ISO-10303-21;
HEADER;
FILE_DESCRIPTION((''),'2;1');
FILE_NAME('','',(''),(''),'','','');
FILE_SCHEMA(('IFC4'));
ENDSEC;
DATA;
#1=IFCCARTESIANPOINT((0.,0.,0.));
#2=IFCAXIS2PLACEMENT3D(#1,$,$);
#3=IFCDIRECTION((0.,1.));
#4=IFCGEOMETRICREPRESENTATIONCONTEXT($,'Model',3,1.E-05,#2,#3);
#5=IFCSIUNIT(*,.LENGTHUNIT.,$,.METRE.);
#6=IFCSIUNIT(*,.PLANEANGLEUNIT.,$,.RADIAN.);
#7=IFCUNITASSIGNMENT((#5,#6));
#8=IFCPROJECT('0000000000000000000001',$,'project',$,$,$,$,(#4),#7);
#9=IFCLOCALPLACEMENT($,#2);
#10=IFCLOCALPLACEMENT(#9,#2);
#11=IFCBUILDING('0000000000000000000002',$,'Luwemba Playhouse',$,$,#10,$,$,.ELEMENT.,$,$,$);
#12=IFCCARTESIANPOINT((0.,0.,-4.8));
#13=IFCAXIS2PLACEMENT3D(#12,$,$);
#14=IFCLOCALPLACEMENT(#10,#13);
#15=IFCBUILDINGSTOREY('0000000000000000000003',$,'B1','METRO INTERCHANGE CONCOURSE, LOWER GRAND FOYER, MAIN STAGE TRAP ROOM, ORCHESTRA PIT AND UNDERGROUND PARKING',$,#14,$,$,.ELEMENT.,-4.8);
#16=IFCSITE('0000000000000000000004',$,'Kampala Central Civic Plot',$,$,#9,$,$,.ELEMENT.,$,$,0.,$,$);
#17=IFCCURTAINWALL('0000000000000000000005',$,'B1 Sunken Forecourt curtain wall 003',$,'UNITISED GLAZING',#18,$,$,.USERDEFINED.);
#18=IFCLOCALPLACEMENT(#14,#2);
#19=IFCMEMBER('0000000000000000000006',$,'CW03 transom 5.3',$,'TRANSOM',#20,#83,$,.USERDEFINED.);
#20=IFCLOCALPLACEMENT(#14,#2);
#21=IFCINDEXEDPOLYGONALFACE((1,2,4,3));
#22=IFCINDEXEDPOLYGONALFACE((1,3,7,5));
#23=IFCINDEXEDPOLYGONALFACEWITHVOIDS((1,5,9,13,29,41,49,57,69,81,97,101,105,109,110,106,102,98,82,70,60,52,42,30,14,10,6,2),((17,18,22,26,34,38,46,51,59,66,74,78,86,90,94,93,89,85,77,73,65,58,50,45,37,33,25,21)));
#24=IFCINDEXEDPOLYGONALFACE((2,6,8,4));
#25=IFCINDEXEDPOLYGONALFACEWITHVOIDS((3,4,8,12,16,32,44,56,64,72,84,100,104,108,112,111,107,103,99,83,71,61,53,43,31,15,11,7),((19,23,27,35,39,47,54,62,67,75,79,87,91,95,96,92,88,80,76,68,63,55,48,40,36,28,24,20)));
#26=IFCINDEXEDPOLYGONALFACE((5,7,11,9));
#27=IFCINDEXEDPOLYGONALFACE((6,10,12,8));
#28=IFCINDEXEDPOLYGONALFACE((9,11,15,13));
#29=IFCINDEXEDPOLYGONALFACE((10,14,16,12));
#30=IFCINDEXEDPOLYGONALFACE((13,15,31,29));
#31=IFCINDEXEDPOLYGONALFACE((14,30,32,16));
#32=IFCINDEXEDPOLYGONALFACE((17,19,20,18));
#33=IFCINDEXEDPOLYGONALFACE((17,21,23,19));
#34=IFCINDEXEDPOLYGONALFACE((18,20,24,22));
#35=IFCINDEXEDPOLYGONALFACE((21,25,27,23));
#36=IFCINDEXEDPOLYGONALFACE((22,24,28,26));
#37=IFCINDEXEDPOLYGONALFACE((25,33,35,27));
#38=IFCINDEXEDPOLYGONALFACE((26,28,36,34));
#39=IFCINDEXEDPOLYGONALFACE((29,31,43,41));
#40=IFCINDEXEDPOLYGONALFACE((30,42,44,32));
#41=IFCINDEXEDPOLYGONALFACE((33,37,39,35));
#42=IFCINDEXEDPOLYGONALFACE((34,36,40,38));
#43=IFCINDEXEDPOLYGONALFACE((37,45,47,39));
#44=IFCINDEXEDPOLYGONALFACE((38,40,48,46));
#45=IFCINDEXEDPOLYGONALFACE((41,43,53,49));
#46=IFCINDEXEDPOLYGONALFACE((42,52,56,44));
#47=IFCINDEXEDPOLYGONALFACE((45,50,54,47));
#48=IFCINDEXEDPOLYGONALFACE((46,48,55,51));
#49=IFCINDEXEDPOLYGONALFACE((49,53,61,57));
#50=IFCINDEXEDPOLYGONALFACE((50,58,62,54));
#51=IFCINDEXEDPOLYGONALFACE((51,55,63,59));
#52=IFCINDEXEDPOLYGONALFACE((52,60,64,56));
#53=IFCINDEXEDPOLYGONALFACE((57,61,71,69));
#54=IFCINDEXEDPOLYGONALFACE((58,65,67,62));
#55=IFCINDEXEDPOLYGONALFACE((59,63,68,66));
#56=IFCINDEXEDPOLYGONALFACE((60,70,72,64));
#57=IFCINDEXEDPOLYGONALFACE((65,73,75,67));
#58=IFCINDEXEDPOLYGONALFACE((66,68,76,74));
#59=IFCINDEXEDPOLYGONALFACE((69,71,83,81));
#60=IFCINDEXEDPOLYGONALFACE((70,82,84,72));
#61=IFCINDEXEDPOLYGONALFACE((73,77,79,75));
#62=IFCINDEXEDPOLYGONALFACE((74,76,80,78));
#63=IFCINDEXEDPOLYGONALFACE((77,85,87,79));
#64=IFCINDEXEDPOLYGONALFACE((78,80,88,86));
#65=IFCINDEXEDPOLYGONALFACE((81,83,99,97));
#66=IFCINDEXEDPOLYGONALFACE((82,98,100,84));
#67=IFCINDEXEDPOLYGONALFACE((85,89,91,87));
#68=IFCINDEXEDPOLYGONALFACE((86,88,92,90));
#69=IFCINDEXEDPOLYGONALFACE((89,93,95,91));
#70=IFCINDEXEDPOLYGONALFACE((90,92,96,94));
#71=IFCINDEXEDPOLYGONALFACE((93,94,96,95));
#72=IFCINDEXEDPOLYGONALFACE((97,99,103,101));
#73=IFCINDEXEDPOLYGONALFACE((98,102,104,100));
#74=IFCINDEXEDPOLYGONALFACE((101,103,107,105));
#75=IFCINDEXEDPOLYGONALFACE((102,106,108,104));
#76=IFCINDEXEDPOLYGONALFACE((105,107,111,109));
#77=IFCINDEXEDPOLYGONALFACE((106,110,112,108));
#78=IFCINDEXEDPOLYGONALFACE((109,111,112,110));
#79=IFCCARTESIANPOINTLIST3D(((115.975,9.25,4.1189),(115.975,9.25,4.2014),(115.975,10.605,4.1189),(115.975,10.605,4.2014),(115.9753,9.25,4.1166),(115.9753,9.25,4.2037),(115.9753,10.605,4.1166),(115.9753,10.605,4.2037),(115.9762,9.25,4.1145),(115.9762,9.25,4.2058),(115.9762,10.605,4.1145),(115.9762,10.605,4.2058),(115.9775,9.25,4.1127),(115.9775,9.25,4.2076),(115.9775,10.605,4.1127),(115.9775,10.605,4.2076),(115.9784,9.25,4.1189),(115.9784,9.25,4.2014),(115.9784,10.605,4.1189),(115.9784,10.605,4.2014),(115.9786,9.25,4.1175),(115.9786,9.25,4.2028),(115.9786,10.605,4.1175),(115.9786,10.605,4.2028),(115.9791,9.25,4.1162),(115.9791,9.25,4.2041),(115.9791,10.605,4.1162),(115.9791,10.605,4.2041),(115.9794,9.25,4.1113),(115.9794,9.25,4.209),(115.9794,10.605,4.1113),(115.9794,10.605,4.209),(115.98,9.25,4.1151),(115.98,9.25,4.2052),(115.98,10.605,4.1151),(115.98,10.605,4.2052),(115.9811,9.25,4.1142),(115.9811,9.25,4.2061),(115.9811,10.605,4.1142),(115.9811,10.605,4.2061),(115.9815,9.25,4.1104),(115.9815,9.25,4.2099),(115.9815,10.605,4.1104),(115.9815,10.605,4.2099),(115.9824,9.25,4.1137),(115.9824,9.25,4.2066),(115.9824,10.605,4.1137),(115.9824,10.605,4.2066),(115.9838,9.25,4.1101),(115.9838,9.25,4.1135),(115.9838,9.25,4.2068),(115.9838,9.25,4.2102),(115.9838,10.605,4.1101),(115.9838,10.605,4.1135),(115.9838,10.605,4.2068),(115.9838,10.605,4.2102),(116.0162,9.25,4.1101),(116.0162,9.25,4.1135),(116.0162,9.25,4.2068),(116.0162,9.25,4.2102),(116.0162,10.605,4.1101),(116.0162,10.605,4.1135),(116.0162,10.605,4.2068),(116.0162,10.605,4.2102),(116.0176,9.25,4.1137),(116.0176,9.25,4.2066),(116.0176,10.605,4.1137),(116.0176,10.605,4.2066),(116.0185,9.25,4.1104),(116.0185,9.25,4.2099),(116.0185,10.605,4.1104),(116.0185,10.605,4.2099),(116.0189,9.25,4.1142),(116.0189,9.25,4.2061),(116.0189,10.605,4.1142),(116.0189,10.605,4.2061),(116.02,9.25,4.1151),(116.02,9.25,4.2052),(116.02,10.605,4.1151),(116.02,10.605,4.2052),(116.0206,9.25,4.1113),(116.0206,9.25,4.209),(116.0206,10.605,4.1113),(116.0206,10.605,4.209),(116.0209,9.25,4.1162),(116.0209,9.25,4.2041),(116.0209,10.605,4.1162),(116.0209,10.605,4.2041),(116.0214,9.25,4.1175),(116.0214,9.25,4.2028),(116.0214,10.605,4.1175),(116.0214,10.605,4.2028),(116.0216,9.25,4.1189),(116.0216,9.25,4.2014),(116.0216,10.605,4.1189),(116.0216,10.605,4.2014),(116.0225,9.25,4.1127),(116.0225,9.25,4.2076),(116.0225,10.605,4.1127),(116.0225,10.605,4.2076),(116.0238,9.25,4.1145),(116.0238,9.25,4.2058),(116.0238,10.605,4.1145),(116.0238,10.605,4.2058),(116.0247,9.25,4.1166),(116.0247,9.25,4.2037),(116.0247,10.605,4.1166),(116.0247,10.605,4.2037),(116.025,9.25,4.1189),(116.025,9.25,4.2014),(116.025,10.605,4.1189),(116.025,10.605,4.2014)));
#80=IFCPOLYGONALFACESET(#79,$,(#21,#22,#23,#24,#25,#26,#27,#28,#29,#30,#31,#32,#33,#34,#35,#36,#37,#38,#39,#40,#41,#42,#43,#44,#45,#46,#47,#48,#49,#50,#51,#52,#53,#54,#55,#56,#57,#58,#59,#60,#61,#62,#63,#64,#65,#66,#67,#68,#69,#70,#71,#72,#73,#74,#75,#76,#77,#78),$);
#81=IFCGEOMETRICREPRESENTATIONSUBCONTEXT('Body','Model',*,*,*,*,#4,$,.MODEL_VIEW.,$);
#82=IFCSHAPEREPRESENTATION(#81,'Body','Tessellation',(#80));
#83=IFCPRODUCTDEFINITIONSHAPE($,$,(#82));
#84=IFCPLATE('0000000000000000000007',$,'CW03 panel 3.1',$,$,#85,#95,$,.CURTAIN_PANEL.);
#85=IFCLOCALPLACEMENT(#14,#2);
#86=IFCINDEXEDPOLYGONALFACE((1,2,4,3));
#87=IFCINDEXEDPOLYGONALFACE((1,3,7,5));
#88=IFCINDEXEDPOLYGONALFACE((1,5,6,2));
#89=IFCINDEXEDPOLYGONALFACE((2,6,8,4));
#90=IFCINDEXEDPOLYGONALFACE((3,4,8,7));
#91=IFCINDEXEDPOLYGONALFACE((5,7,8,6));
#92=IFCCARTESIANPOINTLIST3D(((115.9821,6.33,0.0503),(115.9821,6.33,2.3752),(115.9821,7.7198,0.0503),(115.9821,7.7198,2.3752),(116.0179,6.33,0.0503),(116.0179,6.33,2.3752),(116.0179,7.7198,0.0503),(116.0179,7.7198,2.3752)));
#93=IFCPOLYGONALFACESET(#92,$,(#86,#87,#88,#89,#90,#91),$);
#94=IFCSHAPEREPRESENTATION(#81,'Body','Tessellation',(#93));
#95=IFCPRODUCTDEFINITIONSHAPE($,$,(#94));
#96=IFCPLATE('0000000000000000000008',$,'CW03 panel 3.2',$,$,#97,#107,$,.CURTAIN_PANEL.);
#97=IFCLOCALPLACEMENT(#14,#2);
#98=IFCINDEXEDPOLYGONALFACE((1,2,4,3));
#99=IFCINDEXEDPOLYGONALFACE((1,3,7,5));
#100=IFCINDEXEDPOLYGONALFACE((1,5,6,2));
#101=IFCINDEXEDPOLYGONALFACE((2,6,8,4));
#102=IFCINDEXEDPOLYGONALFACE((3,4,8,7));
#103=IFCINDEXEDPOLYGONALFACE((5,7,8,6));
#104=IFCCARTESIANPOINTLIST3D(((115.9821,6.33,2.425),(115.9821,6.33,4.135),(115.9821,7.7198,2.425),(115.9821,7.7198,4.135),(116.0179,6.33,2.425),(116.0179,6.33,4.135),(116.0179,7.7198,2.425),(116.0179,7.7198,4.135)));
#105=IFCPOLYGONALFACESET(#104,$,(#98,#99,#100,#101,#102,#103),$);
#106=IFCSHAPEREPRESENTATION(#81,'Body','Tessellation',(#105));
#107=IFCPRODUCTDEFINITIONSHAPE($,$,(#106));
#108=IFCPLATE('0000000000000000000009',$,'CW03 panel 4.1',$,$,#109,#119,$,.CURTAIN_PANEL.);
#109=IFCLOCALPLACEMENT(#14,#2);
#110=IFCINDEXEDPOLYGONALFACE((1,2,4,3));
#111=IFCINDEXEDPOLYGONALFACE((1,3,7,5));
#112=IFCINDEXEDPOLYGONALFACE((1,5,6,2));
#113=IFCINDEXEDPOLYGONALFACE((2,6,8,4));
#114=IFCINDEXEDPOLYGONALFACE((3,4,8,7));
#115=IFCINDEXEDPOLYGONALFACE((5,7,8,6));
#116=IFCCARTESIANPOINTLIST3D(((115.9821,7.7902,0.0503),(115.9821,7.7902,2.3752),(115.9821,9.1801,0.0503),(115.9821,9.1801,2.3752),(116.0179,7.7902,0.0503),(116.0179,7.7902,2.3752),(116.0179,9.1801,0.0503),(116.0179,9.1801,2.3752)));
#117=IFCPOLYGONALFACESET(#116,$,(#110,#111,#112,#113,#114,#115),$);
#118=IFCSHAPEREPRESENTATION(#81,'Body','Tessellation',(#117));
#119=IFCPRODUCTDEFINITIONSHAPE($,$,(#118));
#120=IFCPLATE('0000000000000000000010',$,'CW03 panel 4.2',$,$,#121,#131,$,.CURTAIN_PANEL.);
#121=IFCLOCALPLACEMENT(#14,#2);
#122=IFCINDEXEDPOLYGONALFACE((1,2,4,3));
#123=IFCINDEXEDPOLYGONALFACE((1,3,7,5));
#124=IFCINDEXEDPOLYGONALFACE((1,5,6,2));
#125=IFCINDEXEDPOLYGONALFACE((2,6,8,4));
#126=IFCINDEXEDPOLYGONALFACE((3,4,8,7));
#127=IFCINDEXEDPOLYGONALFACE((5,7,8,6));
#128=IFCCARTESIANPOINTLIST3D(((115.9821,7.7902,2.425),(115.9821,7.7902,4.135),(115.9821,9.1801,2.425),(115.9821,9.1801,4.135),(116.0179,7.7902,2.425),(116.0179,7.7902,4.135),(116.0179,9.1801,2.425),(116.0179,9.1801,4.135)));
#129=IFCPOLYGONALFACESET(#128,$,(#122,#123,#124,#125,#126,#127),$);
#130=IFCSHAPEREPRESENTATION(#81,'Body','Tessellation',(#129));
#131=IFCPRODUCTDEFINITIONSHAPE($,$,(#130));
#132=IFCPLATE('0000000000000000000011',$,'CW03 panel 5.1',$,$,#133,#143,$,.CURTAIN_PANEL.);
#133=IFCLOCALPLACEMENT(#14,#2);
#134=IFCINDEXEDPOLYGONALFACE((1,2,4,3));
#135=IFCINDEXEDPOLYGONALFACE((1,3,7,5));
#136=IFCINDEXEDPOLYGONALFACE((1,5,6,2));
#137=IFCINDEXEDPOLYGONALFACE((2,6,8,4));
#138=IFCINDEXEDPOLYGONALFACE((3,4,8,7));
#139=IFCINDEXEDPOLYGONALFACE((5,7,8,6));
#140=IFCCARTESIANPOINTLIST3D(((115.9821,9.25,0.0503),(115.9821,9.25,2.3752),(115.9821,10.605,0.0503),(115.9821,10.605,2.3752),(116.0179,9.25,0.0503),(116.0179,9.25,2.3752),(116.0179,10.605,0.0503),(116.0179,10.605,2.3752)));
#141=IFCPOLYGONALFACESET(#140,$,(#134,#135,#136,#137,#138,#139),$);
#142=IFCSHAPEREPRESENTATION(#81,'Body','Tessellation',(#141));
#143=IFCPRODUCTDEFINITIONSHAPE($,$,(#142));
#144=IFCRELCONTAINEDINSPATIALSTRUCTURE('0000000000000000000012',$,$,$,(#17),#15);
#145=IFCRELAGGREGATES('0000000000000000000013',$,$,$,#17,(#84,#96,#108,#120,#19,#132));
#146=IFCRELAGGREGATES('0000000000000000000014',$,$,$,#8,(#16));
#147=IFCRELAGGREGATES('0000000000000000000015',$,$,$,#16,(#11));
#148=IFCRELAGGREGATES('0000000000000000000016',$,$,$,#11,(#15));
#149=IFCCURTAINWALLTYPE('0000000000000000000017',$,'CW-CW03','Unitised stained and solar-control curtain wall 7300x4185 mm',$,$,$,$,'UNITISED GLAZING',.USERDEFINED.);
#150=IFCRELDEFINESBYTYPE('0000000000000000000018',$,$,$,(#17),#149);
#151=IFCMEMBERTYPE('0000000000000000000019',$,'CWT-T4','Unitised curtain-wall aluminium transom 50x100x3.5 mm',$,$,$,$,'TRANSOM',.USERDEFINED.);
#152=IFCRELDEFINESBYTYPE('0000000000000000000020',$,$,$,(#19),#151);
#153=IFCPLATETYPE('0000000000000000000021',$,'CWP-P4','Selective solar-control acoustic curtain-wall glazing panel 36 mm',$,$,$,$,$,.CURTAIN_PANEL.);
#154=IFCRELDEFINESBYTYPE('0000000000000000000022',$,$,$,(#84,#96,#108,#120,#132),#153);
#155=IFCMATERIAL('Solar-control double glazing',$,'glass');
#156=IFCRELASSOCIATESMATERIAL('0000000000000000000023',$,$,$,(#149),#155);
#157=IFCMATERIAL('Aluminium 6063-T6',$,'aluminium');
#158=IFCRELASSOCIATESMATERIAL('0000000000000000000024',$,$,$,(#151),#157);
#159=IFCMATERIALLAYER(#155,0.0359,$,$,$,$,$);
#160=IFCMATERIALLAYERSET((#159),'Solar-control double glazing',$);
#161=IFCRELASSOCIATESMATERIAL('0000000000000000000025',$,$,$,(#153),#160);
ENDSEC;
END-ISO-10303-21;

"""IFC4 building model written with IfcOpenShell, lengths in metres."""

from ifc_helpers import new_model, si_unit, direction, frame, origin, origin_2d, place, context, subcontext, project, spatial, rectangle, hollow_rectangle, extrude, material, layer, layer_set, material_profile, profile_set, type_object, element, aggregate, save


model = new_model("IFC4")

# Units and contexts
model_context = context("Model", 3, precision=1e-05, world=origin(), true_north=direction((0.0, 1.0)))
body_context = subcontext(model_context, "Body", "Model", "MODEL_VIEW")
ifc_project = project(units=[si_unit("LENGTHUNIT", "METRE"), si_unit("PLANEANGLEUNIT", "RADIAN")], contexts=[model_context])

# Site, building, storey
site_placement = place(None, origin())
site = spatial("IfcSite", under=ifc_project, at=site_placement, Name="Kampala Central Civic Plot", CompositionType="ELEMENT", RefElevation=0.0)
building_placement = place(site_placement, origin())
building = spatial("IfcBuilding", under=site, at=building_placement, Name="Luwemba Playhouse", CompositionType="ELEMENT")
storey_placement = place(building_placement, frame((0.0, 0.0, -4.8)))
storey = spatial("IfcBuildingStorey", under=building, at=storey_placement, Name="B1", Description="METRO INTERCHANGE CONCOURSE, LOWER GRAND FOYER, MAIN STAGE TRAP ROOM, ORCHESTRA PIT AND UNDERGROUND PARKING", CompositionType="ELEMENT", Elevation=-4.8)

# Curtain wall, member, plates
ifc_material_1 = material(Name="Solar-control double glazing", Category="glass")
curtain_wall_type = type_object("IfcCurtainWallType", Name="CW-CW03", Description="Unitised stained and solar-control curtain wall 7300x4185 mm", ElementType="UNITISED GLAZING", PredefinedType="USERDEFINED", material=ifc_material_1)
curtain_wall_placement = place(storey_placement, origin())
curtain_wall = element("IfcCurtainWall", 1, at=curtain_wall_placement, inside=storey, type_object=curtain_wall_type, Name="B1 Sunken Forecourt curtain wall 003", ObjectType="UNITISED GLAZING", PredefinedType="USERDEFINED")
ifc_material_2 = material(Name="Aluminium 6063-T6", Category="aluminium")
ifc_material_profile_1 = material_profile(ifc_material_2, hollow_rectangle(XDim=0.05, YDim=0.1001, WallThickness=0.0034, InnerFilletRadius=0.0054, OuterFilletRadius=0.0088, at=origin_2d()))
ifc_profile_set_1 = profile_set([ifc_material_profile_1], Name="Aluminium 6063-T6")
member_type_1 = type_object("IfcMemberType", Name="CWT-T4", Description="Unitised curtain-wall aluminium transom 50x100x3.5 mm", ElementType="TRANSOM", PredefinedType="USERDEFINED", material=ifc_profile_set_1)
member_1_placement = place(storey_placement, frame((116.0, 9.25, 4.1602), z_axis=(0.0, 1.0, 0.0), x_axis=(-1.0, 0.0, 0.0)))
member_1 = element("IfcMember", 2, at=member_1_placement, type_object=member_type_1, Name="CW03 transom 5.3", ObjectType="TRANSOM", PredefinedType="USERDEFINED", context=body_context, shape_type="SweptSolid", body=[
    extrude(hollow_rectangle(XDim=0.05, YDim=0.1001, WallThickness=0.0034, InnerFilletRadius=0.0054, OuterFilletRadius=0.0088, at=origin_2d()), origin(), (0.0, 0.0, 1.0), 1.355),
])
ifc_layer = layer(ifc_material_1, 0.0359)
ifc_layer_set = layer_set([ifc_layer], Name="Solar-control double glazing")
plate_type = type_object("IfcPlateType", Name="CWP-P4", Description="Selective solar-control acoustic curtain-wall glazing panel 36 mm", PredefinedType="CURTAIN_PANEL", material=ifc_layer_set)
plate_1_placement = place(storey_placement, frame((116.0, 7.0249, 0.0503), z_axis=(0.0, 0.0, 1.0), x_axis=(0.0, 1.0, 0.0)))
plate_1 = element("IfcPlate", 3, at=plate_1_placement, type_object=plate_type, Name="CW03 panel 3.1", PredefinedType="CURTAIN_PANEL", context=body_context, shape_type="SweptSolid", body=[
    extrude(rectangle(XDim=1.3899, YDim=0.0359, at=origin_2d()), origin(), (0.0, 0.0, 1.0), 2.325),
])
plate_2_placement = place(storey_placement, frame((116.0, 7.0249, 2.425), z_axis=(0.0, 0.0, 1.0), x_axis=(0.0, 1.0, 0.0)))
plate_2 = element("IfcPlate", 4, at=plate_2_placement, type_object=plate_type, Name="CW03 panel 3.2", PredefinedType="CURTAIN_PANEL", context=body_context, shape_type="SweptSolid", body=[
    extrude(rectangle(XDim=1.3899, YDim=0.0359, at=origin_2d()), origin(), (0.0, 0.0, 1.0), 1.71),
])
plate_3_placement = place(storey_placement, frame((116.0, 8.4851, 0.0503), z_axis=(0.0, 0.0, 1.0), x_axis=(0.0, 1.0, 0.0)))
plate_3 = element("IfcPlate", 5, at=plate_3_placement, type_object=plate_type, Name="CW03 panel 4.1", PredefinedType="CURTAIN_PANEL", context=body_context, shape_type="SweptSolid", body=[
    extrude(rectangle(XDim=1.3899, YDim=0.0359, at=origin_2d()), origin(), (0.0, 0.0, 1.0), 2.325),
])
plate_4_placement = place(storey_placement, frame((116.0, 8.4851, 2.425), z_axis=(0.0, 0.0, 1.0), x_axis=(0.0, 1.0, 0.0)))
plate_4 = element("IfcPlate", 6, at=plate_4_placement, type_object=plate_type, Name="CW03 panel 4.2", PredefinedType="CURTAIN_PANEL", context=body_context, shape_type="SweptSolid", body=[
    extrude(rectangle(XDim=1.3899, YDim=0.0359, at=origin_2d()), origin(), (0.0, 0.0, 1.0), 1.71),
])
plate_5_placement = place(storey_placement, frame((116.0, 9.9275, 0.0503), z_axis=(0.0, 0.0, 1.0), x_axis=(0.0, 1.0, 0.0)))
plate_5 = element("IfcPlate", 7, at=plate_5_placement, type_object=plate_type, Name="CW03 panel 5.1", PredefinedType="CURTAIN_PANEL", context=body_context, shape_type="SweptSolid", body=[
    extrude(rectangle(XDim=1.355, YDim=0.0359, at=origin_2d()), origin(), (0.0, 0.0, 1.0), 2.325),
])
aggregate(curtain_wall, [plate_1, plate_2, plate_3, plate_4, member_1, plate_5])

save(model, "model.ifc")
